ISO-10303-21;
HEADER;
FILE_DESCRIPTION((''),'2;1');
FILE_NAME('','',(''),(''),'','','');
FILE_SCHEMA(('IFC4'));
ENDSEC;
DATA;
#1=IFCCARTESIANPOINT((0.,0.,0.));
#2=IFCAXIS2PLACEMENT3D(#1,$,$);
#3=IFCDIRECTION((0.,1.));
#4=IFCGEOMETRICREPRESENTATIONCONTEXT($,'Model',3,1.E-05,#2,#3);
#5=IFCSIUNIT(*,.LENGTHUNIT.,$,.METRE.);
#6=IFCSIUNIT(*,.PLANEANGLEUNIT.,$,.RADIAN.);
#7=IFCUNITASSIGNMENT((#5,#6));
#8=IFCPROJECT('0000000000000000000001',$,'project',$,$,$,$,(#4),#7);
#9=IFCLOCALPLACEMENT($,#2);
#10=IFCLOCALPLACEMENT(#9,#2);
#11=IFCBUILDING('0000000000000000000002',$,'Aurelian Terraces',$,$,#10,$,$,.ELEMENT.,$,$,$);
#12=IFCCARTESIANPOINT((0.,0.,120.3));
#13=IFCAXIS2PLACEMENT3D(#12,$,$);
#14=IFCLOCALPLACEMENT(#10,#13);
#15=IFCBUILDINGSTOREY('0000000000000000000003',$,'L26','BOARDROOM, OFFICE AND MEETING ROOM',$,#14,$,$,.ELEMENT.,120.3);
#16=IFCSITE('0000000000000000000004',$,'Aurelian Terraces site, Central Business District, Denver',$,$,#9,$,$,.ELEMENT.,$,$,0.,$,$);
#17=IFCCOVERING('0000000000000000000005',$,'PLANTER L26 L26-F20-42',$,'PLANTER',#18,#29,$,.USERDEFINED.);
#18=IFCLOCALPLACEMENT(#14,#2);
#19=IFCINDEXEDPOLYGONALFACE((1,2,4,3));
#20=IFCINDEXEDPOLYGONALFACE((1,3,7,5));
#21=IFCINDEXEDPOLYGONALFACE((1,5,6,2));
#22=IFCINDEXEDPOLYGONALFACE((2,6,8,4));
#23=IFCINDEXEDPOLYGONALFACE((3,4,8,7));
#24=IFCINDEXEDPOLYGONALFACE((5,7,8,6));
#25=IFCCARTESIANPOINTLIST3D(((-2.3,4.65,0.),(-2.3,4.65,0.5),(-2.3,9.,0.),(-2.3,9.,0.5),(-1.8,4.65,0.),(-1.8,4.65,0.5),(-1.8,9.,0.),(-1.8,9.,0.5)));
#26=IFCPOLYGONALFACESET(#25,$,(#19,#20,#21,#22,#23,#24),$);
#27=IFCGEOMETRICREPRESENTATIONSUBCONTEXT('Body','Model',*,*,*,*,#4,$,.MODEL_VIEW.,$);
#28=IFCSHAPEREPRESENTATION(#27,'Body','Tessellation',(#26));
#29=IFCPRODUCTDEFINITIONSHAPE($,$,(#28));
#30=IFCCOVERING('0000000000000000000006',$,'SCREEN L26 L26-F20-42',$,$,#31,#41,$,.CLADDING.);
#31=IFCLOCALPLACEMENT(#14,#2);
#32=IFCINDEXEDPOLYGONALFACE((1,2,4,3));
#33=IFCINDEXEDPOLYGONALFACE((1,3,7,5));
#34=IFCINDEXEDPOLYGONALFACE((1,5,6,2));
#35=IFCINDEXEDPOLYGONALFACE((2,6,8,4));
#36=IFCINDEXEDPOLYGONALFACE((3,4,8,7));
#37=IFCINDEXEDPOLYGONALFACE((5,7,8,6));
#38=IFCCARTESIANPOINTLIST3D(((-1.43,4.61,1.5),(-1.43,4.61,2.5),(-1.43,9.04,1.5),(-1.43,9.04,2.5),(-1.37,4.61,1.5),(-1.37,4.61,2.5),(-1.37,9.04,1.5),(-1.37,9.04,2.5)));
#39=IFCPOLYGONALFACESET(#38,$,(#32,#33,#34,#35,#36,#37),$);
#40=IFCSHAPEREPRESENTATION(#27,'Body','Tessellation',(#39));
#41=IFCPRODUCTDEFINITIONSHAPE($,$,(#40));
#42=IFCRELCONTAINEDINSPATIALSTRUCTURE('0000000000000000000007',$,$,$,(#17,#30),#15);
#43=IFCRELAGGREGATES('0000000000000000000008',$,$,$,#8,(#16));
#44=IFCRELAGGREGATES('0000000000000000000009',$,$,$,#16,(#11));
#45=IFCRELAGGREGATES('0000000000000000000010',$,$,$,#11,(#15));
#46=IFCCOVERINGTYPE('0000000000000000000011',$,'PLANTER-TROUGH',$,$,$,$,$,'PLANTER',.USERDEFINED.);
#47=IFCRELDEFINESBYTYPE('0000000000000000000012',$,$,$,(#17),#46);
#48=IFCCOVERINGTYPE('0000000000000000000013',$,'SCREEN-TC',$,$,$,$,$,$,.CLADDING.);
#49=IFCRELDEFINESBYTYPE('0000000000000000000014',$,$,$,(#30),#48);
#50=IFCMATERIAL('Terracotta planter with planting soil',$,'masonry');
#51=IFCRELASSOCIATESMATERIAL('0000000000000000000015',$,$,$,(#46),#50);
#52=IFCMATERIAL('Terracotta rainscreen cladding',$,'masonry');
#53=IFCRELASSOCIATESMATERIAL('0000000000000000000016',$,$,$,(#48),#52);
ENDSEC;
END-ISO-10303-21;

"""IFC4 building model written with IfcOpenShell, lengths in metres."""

from ifc_helpers import new_model, si_unit, direction, frame, origin, origin_2d, place, context, subcontext, project, spatial, rectangle, extrude, source, transform, mapped, material, type_object, element, save


model = new_model("IFC4")

# Units and contexts
model_context = context("Model", 3, precision=1e-05, world=origin(), true_north=direction((0.0, 1.0)))
body_context = subcontext(model_context, "Body", "Model", "MODEL_VIEW")
ifc_project = project(units=[si_unit("LENGTHUNIT", "METRE"), si_unit("PLANEANGLEUNIT", "RADIAN")], contexts=[model_context])

# Site, building, storey
site_placement = place(None, origin())
site = spatial("IfcSite", under=ifc_project, at=site_placement, Name="Aurelian Terraces site, Central Business District, Denver", CompositionType="ELEMENT", RefElevation=0.0)
building_placement = place(site_placement, origin())
building = spatial("IfcBuilding", under=site, at=building_placement, Name="Aurelian Terraces", CompositionType="ELEMENT")
storey_placement = place(building_placement, frame((0.0, 0.0, 120.3)))
storey = spatial("IfcBuildingStorey", under=building, at=storey_placement, Name="L26", Description="BOARDROOM, OFFICE AND MEETING ROOM", CompositionType="ELEMENT", Elevation=120.3)

# Shared definitions
ifc_material_1 = material(Name="Terracotta rainscreen cladding", Category="masonry")

# Shared definitions
ifc_material_2 = material(Name="Terracotta planter with planting soil", Category="masonry")
covering_type_1 = type_object("IfcCoveringType", Name="PLANTER-TROUGH", ElementType="PLANTER", PredefinedType="USERDEFINED", material=ifc_material_2)
covering_type_2 = type_object("IfcCoveringType", Name="SCREEN-TC", PredefinedType="CLADDING", material=ifc_material_1)

# Coverings
shared_shape_1 = source(origin(), body_context, "Body", "SweptSolid", [
    extrude(rectangle(XDim=0.5, YDim=4.35, at=origin_2d()), origin(), (0.0, 0.0, 1.0), 0.5),
])
covering_1_placement = place(storey_placement, frame((-2.05, 6.825, 0.0), z_axis=(0.0, 0.0, 1.0), x_axis=(1.0, 0.0, 0.0)))
element("IfcCovering", 1, at=covering_1_placement, inside=storey, type_object=covering_type_1, Name="PLANTER L26 L26-F20-42", ObjectType="PLANTER", PredefinedType="USERDEFINED", context=body_context, shape_type="MappedRepresentation", body=[
    mapped(shared_shape_1, transform((0.0, 0.0, 0.0), scale=1.0)),
])
shared_shape_2 = source(origin(), body_context, "Body", "SweptSolid", [
    extrude(rectangle(XDim=0.06, YDim=4.43, at=origin_2d()), origin(), (0.0, 0.0, 1.0), 1.0),
])
covering_2_placement = place(storey_placement, frame((-1.4, 6.825, 1.5), z_axis=(0.0, 0.0, 1.0), x_axis=(1.0, 0.0, 0.0)))
element("IfcCovering", 2, at=covering_2_placement, inside=storey, type_object=covering_type_2, Name="SCREEN L26 L26-F20-42", PredefinedType="CLADDING", context=body_context, shape_type="MappedRepresentation", body=[
    mapped(shared_shape_2, transform((0.0, 0.0, 0.0), scale=1.0)),
])

save(model, "model.ifc")
